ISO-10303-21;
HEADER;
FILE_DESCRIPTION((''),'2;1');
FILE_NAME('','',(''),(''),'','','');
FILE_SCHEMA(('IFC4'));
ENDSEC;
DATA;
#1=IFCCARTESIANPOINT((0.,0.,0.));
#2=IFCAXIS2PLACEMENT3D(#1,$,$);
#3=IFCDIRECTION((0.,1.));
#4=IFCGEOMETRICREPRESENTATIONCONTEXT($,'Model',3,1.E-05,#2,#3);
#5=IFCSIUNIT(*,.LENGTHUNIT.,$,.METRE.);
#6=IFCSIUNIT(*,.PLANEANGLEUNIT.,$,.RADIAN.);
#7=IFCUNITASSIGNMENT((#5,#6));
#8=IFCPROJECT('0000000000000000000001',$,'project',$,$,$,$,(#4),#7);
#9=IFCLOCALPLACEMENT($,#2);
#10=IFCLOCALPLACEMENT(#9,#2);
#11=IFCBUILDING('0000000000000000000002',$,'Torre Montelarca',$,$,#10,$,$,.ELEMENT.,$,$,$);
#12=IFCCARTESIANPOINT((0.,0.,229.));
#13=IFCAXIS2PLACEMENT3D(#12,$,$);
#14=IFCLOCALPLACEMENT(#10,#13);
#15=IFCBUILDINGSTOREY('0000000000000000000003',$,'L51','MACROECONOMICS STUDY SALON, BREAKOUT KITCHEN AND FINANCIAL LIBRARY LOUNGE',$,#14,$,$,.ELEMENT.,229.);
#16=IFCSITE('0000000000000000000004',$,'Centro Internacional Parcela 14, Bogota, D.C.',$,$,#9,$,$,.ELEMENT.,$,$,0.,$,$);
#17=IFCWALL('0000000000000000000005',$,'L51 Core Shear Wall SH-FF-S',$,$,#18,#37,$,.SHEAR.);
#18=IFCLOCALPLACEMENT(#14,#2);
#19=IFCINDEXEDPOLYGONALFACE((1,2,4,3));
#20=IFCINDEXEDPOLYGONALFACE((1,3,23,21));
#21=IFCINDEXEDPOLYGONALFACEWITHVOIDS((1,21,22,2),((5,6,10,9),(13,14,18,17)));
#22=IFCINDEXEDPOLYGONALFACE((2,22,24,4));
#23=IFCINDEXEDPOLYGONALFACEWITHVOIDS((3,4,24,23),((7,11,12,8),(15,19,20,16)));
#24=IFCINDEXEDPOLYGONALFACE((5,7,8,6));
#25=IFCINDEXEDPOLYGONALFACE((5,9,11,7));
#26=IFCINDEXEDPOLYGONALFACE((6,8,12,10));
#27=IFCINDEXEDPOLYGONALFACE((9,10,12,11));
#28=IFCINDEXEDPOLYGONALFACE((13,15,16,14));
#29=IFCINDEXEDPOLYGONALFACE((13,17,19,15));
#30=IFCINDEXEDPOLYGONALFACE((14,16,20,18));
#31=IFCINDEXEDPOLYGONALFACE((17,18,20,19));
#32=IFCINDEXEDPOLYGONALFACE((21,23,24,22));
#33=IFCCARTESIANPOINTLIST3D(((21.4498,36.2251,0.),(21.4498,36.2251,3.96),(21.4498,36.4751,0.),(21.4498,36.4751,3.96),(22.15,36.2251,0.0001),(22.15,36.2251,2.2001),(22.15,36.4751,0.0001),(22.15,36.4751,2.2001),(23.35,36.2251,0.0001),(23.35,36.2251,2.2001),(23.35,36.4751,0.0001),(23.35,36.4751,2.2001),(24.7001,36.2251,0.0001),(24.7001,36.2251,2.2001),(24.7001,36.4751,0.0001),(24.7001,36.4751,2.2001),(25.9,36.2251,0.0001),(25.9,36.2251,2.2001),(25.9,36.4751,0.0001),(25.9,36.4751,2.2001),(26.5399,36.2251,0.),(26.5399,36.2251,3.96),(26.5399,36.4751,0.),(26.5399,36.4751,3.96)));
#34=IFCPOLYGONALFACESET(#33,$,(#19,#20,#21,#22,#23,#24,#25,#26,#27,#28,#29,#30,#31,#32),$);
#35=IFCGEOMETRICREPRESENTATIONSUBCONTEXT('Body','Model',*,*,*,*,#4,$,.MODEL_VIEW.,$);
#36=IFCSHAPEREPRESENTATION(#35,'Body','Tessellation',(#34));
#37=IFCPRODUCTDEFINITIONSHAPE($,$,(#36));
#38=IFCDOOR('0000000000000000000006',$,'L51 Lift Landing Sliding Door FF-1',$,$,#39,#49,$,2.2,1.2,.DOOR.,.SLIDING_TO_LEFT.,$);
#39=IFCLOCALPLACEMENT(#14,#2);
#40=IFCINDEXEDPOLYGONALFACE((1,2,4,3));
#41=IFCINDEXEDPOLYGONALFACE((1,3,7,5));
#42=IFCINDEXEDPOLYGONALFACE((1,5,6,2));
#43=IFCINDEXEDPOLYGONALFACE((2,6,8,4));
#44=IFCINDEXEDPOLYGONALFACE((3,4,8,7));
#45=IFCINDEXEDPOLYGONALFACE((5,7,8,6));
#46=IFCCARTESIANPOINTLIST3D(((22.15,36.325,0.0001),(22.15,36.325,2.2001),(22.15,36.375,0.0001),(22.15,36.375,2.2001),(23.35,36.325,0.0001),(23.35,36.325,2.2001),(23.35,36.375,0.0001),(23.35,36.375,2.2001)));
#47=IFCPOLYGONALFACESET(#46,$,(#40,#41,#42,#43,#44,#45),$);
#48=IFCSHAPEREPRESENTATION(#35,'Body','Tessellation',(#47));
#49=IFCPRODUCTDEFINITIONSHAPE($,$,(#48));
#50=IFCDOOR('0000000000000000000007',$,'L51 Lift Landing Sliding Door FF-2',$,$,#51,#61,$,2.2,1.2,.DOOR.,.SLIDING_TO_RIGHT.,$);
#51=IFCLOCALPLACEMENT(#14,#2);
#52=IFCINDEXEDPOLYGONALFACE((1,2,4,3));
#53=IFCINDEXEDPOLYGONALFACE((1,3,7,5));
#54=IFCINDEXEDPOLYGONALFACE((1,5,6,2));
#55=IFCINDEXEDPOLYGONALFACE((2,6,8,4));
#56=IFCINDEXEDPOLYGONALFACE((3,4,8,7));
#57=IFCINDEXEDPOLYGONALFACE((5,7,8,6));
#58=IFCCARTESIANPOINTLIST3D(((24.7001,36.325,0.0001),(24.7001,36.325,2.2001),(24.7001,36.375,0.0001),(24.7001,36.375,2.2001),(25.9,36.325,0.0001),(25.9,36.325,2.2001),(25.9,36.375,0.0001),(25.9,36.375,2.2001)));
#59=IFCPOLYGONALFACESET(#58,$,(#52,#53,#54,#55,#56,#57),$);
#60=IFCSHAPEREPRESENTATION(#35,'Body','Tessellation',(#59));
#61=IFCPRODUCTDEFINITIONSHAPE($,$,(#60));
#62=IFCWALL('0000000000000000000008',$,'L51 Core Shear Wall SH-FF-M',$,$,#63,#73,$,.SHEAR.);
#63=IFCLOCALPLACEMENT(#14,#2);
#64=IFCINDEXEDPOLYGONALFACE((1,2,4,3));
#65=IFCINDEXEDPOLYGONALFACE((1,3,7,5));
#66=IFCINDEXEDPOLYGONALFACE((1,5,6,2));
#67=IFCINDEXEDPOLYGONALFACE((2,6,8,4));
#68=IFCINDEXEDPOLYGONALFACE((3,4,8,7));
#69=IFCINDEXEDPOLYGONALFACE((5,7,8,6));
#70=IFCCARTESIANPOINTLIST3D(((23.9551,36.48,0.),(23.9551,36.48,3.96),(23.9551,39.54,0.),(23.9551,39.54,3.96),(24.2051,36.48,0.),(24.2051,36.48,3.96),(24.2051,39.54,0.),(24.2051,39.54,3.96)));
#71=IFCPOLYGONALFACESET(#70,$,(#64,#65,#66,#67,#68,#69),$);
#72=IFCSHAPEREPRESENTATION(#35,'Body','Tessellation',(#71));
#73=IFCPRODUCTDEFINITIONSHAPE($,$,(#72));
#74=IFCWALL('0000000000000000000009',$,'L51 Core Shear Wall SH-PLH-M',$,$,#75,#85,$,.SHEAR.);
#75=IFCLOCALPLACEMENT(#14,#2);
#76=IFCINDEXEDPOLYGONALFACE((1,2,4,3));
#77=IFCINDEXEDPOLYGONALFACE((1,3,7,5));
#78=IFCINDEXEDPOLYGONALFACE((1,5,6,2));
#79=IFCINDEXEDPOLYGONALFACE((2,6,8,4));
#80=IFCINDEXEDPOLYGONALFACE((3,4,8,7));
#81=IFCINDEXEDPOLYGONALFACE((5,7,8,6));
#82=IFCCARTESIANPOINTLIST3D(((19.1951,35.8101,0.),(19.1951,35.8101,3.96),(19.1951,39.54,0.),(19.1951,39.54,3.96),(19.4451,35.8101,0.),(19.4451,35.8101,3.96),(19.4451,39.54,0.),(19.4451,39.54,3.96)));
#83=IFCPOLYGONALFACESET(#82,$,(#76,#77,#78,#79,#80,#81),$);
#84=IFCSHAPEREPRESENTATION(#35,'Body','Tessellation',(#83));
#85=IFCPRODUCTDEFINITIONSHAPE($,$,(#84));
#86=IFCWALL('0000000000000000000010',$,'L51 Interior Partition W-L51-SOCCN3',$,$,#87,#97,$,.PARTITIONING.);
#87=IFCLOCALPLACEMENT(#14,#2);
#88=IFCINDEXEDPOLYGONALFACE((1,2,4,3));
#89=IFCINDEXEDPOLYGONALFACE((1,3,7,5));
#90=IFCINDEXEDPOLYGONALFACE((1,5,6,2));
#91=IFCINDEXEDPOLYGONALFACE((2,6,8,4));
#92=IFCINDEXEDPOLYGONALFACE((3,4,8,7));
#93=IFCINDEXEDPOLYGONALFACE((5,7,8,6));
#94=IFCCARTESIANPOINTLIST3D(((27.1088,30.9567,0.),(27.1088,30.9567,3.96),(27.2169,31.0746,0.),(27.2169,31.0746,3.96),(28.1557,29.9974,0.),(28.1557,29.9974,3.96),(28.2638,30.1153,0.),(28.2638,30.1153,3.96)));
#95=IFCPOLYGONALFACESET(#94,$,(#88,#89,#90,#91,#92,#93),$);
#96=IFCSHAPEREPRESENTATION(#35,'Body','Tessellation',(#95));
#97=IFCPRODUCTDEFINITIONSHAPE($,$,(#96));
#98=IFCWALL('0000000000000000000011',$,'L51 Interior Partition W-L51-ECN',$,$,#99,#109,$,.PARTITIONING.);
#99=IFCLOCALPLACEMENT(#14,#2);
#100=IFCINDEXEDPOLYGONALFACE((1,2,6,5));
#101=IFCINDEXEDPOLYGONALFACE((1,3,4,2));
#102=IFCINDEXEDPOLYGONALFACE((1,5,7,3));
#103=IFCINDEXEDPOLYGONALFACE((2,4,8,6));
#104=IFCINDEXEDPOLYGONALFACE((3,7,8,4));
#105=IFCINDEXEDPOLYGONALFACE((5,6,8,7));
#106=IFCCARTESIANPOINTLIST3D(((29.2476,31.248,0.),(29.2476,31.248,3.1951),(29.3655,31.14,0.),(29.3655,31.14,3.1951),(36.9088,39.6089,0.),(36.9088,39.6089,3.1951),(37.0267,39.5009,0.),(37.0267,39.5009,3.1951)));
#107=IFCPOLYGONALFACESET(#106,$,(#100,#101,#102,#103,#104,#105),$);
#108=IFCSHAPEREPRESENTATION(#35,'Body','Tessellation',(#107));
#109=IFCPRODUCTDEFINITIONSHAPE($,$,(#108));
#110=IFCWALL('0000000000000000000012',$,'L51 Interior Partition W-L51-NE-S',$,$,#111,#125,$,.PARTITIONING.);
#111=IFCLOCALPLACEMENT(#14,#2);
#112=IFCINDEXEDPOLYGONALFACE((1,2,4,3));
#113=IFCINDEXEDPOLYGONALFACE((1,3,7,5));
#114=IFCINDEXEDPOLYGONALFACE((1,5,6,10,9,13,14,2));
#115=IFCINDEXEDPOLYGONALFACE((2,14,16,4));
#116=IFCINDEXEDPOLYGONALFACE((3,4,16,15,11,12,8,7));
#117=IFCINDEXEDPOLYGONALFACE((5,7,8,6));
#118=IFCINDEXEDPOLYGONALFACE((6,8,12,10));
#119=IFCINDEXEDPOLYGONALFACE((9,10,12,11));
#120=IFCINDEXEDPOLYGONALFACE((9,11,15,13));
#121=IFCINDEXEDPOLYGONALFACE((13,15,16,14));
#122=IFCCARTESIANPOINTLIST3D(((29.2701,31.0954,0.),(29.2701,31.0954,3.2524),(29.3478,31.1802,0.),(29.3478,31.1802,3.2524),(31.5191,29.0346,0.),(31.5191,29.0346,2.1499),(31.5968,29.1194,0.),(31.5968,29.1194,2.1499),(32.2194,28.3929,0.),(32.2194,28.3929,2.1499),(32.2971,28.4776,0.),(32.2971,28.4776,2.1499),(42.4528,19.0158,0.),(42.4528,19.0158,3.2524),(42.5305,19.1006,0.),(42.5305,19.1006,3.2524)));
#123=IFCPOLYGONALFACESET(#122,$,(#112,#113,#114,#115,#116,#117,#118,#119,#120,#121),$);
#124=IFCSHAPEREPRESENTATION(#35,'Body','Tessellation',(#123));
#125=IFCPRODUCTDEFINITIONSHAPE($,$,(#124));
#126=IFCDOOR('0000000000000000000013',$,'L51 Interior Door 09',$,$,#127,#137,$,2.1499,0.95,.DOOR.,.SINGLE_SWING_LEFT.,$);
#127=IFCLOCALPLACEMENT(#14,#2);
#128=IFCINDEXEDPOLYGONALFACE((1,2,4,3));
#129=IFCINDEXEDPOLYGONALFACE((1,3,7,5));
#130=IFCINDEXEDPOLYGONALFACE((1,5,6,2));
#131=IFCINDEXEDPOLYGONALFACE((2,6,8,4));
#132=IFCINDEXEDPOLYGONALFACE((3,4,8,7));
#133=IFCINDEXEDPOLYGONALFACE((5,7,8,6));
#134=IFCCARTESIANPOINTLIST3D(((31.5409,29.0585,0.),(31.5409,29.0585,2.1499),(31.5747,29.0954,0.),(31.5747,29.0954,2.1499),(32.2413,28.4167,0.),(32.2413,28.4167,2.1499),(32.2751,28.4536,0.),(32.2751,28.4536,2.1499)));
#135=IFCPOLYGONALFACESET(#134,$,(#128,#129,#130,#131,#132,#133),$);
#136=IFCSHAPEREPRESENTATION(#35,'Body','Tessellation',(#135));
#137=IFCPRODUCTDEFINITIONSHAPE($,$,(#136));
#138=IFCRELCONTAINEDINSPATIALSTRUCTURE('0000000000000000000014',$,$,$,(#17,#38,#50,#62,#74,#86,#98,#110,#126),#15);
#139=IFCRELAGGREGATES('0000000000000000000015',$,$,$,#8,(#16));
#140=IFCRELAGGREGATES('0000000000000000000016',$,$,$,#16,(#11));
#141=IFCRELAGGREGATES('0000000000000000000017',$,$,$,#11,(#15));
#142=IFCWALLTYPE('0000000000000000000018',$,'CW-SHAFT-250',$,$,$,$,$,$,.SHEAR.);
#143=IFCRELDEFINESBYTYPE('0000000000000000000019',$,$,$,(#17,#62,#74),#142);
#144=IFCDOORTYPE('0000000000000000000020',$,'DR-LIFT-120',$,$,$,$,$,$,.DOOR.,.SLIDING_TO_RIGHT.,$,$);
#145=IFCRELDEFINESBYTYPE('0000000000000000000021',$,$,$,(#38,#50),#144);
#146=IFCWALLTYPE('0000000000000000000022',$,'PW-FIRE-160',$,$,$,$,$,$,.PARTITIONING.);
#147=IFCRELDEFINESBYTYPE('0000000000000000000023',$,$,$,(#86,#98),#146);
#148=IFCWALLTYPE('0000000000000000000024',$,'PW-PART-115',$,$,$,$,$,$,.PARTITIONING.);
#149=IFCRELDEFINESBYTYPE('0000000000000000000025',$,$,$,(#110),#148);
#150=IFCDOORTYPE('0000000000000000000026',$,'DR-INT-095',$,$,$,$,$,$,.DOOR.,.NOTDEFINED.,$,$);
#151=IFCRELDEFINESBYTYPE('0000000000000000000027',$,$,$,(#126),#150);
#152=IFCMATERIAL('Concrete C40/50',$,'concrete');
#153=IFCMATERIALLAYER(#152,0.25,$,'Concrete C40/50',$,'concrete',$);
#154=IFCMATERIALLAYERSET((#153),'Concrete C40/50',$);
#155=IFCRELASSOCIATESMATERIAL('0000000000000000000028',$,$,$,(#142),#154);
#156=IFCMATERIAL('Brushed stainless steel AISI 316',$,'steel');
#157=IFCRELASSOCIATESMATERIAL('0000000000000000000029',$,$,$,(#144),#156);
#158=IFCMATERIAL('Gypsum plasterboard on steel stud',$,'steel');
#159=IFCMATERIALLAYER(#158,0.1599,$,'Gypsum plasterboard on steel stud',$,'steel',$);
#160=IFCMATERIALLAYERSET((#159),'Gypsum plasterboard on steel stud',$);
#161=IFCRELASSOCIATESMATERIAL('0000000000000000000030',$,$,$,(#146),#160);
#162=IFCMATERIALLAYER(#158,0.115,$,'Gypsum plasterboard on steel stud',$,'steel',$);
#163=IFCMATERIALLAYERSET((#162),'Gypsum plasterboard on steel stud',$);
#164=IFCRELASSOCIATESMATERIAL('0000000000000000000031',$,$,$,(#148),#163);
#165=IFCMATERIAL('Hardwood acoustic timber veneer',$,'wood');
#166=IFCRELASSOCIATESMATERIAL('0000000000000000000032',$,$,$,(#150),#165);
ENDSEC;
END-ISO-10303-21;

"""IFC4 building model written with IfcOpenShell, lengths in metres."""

from ifc_helpers import new_model, si_unit, direction, frame, frame_2d, origin, place, context, subcontext, project, spatial, rectangle, extrude, source, transform, mapped, material, layer, layer_set, type_object, element, fill, save


model = new_model("IFC4")

# Units and contexts
model_context = context("Model", 3, precision=1e-05, world=origin(), true_north=direction((0.0, 1.0)))
body_context = subcontext(model_context, "Body", "Model", "MODEL_VIEW")
ifc_project = project(units=[si_unit("LENGTHUNIT", "METRE"), si_unit("PLANEANGLEUNIT", "RADIAN")], contexts=[model_context])

# Site, building, storey
site_placement = place(None, origin())
site = spatial("IfcSite", under=ifc_project, at=site_placement, Name="Centro Internacional Parcela 14, Bogota, D.C.", CompositionType="ELEMENT", RefElevation=0.0)
building_placement = place(site_placement, origin())
building = spatial("IfcBuilding", under=site, at=building_placement, Name="Torre Montelarca", CompositionType="ELEMENT")
storey_placement = place(building_placement, frame((0.0, 0.0, 229.0)))
storey = spatial("IfcBuildingStorey", under=building, at=storey_placement, Name="L51", Description="MACROECONOMICS STUDY SALON, BREAKOUT KITCHEN AND FINANCIAL LIBRARY LOUNGE", CompositionType="ELEMENT", Elevation=229.0)

# Shared definitions
ifc_material_1 = material(Name="Concrete C40/50", Category="concrete")
ifc_layer_1 = layer(ifc_material_1, 0.25, Name="Concrete C40/50", Category="concrete")
ifc_layer_set_1 = layer_set([ifc_layer_1], Name="Concrete C40/50")
wall_type_1 = type_object("IfcWallType", Name="CW-SHAFT-250", PredefinedType="SHEAR", material=ifc_layer_set_1)

# Wall, openings, doors
wall_1_placement = place(storey_placement, frame((21.45, 36.3501, 0.0), z_axis=(0.0, 0.0, 1.0), x_axis=(1.0, 0.0, 0.0)))
wall_1 = element("IfcWall", 1, at=wall_1_placement, inside=storey, type_object=wall_type_1, Name="L51 Core Shear Wall SH-FF-S", PredefinedType="SHEAR", context=body_context, shape_type="SweptSolid", body=[
    extrude(rectangle(XDim=5.0901, YDim=0.25, at=frame_2d((2.5449, 0.0))), origin(), (0.0, 0.0, 1.0), 3.96),
])
opening_1_placement = place(wall_1_placement, frame((0.7, 0.0, 0.0)))
opening_1 = element("IfcOpeningElement", 2, at=opening_1_placement, cuts=wall_1, PredefinedType="OPENING", context=body_context, shape_type="SweptSolid", body=[
    extrude(rectangle(XDim=1.2, YDim=2.2, at=frame_2d((0.6001, 1.1001))), frame((0.0, 0.135, 0.0), z_axis=(0.0, -1.0, 0.0), x_axis=(1.0, 0.0, 0.0)), (0.0, 0.0, 1.0), 0.27),
])
opening_2_placement = place(wall_1_placement, frame((3.25, 0.0, 0.0)))
opening_2 = element("IfcOpeningElement", 3, at=opening_2_placement, cuts=wall_1, PredefinedType="OPENING", context=body_context, shape_type="SweptSolid", body=[
    extrude(rectangle(XDim=1.2, YDim=2.2, at=frame_2d((0.6001, 1.1001))), frame((0.0, 0.135, 0.0), z_axis=(0.0, -1.0, 0.0), x_axis=(1.0, 0.0, 0.0)), (0.0, 0.0, 1.0), 0.27),
])
ifc_material_2 = material(Name="Brushed stainless steel AISI 316", Category="steel")
door_type_1 = type_object("IfcDoorType", Name="DR-LIFT-120", OperationType="SLIDING_TO_RIGHT", PredefinedType="DOOR", material=ifc_material_2)
shared_shape_1 = source(origin(), body_context, "Body", "SweptSolid", [
    extrude(rectangle(XDim=1.2, YDim=2.2, at=frame_2d((0.6001, 1.1001))), frame((0.0, 0.0249, 0.0), z_axis=(0.0, -1.0, 0.0), x_axis=(1.0, 0.0, 0.0)), (0.0, 0.0, 1.0), 0.05),
])
door_1_placement = place(opening_1_placement, origin())
door_1 = element("IfcDoor", 4, at=door_1_placement, inside=storey, type_object=door_type_1, Name="L51 Lift Landing Sliding Door FF-1", OperationType="SLIDING_TO_LEFT", OverallHeight=2.2, OverallWidth=1.2, PredefinedType="DOOR", context=body_context, shape_type="MappedRepresentation", body=[
    mapped(shared_shape_1, transform((0.0, 0.0, 0.0), scale=1.0)),
])
fill(opening_1, door_1)
door_2_placement = place(opening_2_placement, origin())
door_2 = element("IfcDoor", 5, at=door_2_placement, inside=storey, type_object=door_type_1, Name="L51 Lift Landing Sliding Door FF-2", OperationType="SLIDING_TO_RIGHT", OverallHeight=2.2, OverallWidth=1.2, PredefinedType="DOOR", context=body_context, shape_type="MappedRepresentation", body=[
    mapped(shared_shape_1, transform((0.0, 0.0, 0.0), scale=1.0)),
])
fill(opening_2, door_2)

# Walls
wall_2_placement = place(storey_placement, frame((24.0801, 36.48, 0.0), z_axis=(0.0, 0.0, 1.0), x_axis=(0.0, 1.0, 0.0)))
element("IfcWall", 6, at=wall_2_placement, inside=storey, type_object=wall_type_1, Name="L51 Core Shear Wall SH-FF-M", PredefinedType="SHEAR", context=body_context, shape_type="SweptSolid", body=[
    extrude(rectangle(XDim=3.0601, YDim=0.25, at=frame_2d((1.53, 0.0))), origin(), (0.0, 0.0, 1.0), 3.96),
])
wall_3_placement = place(storey_placement, frame((19.3201, 35.8101, 0.0), z_axis=(0.0, 0.0, 1.0), x_axis=(0.0, 1.0, 0.0)))
element("IfcWall", 7, at=wall_3_placement, inside=storey, type_object=wall_type_1, Name="L51 Core Shear Wall SH-PLH-M", PredefinedType="SHEAR", context=body_context, shape_type="SweptSolid", body=[
    extrude(rectangle(XDim=3.73, YDim=0.25, at=frame_2d((1.865, 0.0))), origin(), (0.0, 0.0, 1.0), 3.96),
])
ifc_material_3 = material(Name="Gypsum plasterboard on steel stud", Category="steel")
ifc_layer_2 = layer(ifc_material_3, 0.1599, Name="Gypsum plasterboard on steel stud", Category="steel")
ifc_layer_set_2 = layer_set([ifc_layer_2], Name="Gypsum plasterboard on steel stud")
wall_type_2 = type_object("IfcWallType", Name="PW-FIRE-160", PredefinedType="PARTITIONING", material=ifc_layer_set_2)
wall_4_placement = place(storey_placement, frame((27.1628, 31.0156, 0.0), z_axis=(0.0, 0.0, 1.0), x_axis=(0.737297, -0.675569, 0.0)))
element("IfcWall", 8, at=wall_4_placement, inside=storey, type_object=wall_type_2, Name="L51 Interior Partition W-L51-SOCCN3", PredefinedType="PARTITIONING", context=body_context, shape_type="SweptSolid", body=[
    extrude(rectangle(XDim=1.4199, YDim=0.1599, at=frame_2d((0.71, 0.0))), origin(), (0.0, 0.0, 1.0), 3.96),
])
wall_5_placement = place(storey_placement, frame((29.3066, 31.1941, 0.0), z_axis=(0.0, 0.0, 1.0), x_axis=(0.675582, 0.737285, 0.0)))
element("IfcWall", 9, at=wall_5_placement, inside=storey, type_object=wall_type_2, Name="L51 Interior Partition W-L51-ECN", PredefinedType="PARTITIONING", context=body_context, shape_type="SweptSolid", body=[
    extrude(rectangle(XDim=11.3401, YDim=0.1599, at=frame_2d((5.6699, 0.0))), origin(), (0.0, 0.0, 1.0), 3.1951),
])

# Wall, opening, door
ifc_layer_3 = layer(ifc_material_3, 0.115, Name="Gypsum plasterboard on steel stud", Category="steel")
ifc_layer_set_3 = layer_set([ifc_layer_3], Name="Gypsum plasterboard on steel stud")
wall_type_3 = type_object("IfcWallType", Name="PW-PART-115", PredefinedType="PARTITIONING", material=ifc_layer_set_3)
wall_6_placement = place(storey_placement, frame((29.3091, 31.1377, 0.0), z_axis=(0.0, 0.0, 1.0), x_axis=(0.737279, -0.675589, 0.0)))
wall_6 = element("IfcWall", 10, at=wall_6_placement, inside=storey, type_object=wall_type_3, Name="L51 Interior Partition W-L51-NE-S", PredefinedType="PARTITIONING", context=body_context, shape_type="SweptSolid", body=[
    extrude(rectangle(XDim=17.8801, YDim=0.115, at=frame_2d((8.9399, 0.0))), origin(), (0.0, 0.0, 1.0), 3.2524),
])
opening_3_placement = place(wall_6_placement, frame((3.05, 0.0, 0.0)))
opening_3 = element("IfcOpeningElement", 11, at=opening_3_placement, cuts=wall_6, PredefinedType="OPENING", context=body_context, shape_type="SweptSolid", body=[
    extrude(rectangle(XDim=0.95, YDim=2.1499, at=frame_2d((0.4751, 1.075))), frame((0.0, 0.0674, 0.0), z_axis=(0.0, -1.0, 0.0), x_axis=(1.0, 0.0, 0.0)), (0.0, 0.0, 1.0), 0.135),
])
ifc_material_4 = material(Name="Hardwood acoustic timber veneer", Category="wood")
door_type_2 = type_object("IfcDoorType", Name="DR-INT-095", OperationType="NOTDEFINED", PredefinedType="DOOR", material=ifc_material_4)
shared_shape_2 = source(origin(), body_context, "Body", "SweptSolid", [
    extrude(rectangle(XDim=0.95, YDim=2.1499, at=frame_2d((0.4751, 1.075))), frame((0.0, 0.0249, 0.0), z_axis=(0.0, -1.0, 0.0), x_axis=(1.0, 0.0, 0.0)), (0.0, 0.0, 1.0), 0.05),
])
door_3_placement = place(opening_3_placement, origin())
door_3 = element("IfcDoor", 12, at=door_3_placement, inside=storey, type_object=door_type_2, Name="L51 Interior Door 09", OperationType="SINGLE_SWING_LEFT", OverallHeight=2.1499, OverallWidth=0.95, PredefinedType="DOOR", context=body_context, shape_type="MappedRepresentation", body=[
    mapped(shared_shape_2, transform((0.0, 0.0, 0.0), scale=1.0)),
])
fill(opening_3, door_3)

save(model, "model.ifc")
